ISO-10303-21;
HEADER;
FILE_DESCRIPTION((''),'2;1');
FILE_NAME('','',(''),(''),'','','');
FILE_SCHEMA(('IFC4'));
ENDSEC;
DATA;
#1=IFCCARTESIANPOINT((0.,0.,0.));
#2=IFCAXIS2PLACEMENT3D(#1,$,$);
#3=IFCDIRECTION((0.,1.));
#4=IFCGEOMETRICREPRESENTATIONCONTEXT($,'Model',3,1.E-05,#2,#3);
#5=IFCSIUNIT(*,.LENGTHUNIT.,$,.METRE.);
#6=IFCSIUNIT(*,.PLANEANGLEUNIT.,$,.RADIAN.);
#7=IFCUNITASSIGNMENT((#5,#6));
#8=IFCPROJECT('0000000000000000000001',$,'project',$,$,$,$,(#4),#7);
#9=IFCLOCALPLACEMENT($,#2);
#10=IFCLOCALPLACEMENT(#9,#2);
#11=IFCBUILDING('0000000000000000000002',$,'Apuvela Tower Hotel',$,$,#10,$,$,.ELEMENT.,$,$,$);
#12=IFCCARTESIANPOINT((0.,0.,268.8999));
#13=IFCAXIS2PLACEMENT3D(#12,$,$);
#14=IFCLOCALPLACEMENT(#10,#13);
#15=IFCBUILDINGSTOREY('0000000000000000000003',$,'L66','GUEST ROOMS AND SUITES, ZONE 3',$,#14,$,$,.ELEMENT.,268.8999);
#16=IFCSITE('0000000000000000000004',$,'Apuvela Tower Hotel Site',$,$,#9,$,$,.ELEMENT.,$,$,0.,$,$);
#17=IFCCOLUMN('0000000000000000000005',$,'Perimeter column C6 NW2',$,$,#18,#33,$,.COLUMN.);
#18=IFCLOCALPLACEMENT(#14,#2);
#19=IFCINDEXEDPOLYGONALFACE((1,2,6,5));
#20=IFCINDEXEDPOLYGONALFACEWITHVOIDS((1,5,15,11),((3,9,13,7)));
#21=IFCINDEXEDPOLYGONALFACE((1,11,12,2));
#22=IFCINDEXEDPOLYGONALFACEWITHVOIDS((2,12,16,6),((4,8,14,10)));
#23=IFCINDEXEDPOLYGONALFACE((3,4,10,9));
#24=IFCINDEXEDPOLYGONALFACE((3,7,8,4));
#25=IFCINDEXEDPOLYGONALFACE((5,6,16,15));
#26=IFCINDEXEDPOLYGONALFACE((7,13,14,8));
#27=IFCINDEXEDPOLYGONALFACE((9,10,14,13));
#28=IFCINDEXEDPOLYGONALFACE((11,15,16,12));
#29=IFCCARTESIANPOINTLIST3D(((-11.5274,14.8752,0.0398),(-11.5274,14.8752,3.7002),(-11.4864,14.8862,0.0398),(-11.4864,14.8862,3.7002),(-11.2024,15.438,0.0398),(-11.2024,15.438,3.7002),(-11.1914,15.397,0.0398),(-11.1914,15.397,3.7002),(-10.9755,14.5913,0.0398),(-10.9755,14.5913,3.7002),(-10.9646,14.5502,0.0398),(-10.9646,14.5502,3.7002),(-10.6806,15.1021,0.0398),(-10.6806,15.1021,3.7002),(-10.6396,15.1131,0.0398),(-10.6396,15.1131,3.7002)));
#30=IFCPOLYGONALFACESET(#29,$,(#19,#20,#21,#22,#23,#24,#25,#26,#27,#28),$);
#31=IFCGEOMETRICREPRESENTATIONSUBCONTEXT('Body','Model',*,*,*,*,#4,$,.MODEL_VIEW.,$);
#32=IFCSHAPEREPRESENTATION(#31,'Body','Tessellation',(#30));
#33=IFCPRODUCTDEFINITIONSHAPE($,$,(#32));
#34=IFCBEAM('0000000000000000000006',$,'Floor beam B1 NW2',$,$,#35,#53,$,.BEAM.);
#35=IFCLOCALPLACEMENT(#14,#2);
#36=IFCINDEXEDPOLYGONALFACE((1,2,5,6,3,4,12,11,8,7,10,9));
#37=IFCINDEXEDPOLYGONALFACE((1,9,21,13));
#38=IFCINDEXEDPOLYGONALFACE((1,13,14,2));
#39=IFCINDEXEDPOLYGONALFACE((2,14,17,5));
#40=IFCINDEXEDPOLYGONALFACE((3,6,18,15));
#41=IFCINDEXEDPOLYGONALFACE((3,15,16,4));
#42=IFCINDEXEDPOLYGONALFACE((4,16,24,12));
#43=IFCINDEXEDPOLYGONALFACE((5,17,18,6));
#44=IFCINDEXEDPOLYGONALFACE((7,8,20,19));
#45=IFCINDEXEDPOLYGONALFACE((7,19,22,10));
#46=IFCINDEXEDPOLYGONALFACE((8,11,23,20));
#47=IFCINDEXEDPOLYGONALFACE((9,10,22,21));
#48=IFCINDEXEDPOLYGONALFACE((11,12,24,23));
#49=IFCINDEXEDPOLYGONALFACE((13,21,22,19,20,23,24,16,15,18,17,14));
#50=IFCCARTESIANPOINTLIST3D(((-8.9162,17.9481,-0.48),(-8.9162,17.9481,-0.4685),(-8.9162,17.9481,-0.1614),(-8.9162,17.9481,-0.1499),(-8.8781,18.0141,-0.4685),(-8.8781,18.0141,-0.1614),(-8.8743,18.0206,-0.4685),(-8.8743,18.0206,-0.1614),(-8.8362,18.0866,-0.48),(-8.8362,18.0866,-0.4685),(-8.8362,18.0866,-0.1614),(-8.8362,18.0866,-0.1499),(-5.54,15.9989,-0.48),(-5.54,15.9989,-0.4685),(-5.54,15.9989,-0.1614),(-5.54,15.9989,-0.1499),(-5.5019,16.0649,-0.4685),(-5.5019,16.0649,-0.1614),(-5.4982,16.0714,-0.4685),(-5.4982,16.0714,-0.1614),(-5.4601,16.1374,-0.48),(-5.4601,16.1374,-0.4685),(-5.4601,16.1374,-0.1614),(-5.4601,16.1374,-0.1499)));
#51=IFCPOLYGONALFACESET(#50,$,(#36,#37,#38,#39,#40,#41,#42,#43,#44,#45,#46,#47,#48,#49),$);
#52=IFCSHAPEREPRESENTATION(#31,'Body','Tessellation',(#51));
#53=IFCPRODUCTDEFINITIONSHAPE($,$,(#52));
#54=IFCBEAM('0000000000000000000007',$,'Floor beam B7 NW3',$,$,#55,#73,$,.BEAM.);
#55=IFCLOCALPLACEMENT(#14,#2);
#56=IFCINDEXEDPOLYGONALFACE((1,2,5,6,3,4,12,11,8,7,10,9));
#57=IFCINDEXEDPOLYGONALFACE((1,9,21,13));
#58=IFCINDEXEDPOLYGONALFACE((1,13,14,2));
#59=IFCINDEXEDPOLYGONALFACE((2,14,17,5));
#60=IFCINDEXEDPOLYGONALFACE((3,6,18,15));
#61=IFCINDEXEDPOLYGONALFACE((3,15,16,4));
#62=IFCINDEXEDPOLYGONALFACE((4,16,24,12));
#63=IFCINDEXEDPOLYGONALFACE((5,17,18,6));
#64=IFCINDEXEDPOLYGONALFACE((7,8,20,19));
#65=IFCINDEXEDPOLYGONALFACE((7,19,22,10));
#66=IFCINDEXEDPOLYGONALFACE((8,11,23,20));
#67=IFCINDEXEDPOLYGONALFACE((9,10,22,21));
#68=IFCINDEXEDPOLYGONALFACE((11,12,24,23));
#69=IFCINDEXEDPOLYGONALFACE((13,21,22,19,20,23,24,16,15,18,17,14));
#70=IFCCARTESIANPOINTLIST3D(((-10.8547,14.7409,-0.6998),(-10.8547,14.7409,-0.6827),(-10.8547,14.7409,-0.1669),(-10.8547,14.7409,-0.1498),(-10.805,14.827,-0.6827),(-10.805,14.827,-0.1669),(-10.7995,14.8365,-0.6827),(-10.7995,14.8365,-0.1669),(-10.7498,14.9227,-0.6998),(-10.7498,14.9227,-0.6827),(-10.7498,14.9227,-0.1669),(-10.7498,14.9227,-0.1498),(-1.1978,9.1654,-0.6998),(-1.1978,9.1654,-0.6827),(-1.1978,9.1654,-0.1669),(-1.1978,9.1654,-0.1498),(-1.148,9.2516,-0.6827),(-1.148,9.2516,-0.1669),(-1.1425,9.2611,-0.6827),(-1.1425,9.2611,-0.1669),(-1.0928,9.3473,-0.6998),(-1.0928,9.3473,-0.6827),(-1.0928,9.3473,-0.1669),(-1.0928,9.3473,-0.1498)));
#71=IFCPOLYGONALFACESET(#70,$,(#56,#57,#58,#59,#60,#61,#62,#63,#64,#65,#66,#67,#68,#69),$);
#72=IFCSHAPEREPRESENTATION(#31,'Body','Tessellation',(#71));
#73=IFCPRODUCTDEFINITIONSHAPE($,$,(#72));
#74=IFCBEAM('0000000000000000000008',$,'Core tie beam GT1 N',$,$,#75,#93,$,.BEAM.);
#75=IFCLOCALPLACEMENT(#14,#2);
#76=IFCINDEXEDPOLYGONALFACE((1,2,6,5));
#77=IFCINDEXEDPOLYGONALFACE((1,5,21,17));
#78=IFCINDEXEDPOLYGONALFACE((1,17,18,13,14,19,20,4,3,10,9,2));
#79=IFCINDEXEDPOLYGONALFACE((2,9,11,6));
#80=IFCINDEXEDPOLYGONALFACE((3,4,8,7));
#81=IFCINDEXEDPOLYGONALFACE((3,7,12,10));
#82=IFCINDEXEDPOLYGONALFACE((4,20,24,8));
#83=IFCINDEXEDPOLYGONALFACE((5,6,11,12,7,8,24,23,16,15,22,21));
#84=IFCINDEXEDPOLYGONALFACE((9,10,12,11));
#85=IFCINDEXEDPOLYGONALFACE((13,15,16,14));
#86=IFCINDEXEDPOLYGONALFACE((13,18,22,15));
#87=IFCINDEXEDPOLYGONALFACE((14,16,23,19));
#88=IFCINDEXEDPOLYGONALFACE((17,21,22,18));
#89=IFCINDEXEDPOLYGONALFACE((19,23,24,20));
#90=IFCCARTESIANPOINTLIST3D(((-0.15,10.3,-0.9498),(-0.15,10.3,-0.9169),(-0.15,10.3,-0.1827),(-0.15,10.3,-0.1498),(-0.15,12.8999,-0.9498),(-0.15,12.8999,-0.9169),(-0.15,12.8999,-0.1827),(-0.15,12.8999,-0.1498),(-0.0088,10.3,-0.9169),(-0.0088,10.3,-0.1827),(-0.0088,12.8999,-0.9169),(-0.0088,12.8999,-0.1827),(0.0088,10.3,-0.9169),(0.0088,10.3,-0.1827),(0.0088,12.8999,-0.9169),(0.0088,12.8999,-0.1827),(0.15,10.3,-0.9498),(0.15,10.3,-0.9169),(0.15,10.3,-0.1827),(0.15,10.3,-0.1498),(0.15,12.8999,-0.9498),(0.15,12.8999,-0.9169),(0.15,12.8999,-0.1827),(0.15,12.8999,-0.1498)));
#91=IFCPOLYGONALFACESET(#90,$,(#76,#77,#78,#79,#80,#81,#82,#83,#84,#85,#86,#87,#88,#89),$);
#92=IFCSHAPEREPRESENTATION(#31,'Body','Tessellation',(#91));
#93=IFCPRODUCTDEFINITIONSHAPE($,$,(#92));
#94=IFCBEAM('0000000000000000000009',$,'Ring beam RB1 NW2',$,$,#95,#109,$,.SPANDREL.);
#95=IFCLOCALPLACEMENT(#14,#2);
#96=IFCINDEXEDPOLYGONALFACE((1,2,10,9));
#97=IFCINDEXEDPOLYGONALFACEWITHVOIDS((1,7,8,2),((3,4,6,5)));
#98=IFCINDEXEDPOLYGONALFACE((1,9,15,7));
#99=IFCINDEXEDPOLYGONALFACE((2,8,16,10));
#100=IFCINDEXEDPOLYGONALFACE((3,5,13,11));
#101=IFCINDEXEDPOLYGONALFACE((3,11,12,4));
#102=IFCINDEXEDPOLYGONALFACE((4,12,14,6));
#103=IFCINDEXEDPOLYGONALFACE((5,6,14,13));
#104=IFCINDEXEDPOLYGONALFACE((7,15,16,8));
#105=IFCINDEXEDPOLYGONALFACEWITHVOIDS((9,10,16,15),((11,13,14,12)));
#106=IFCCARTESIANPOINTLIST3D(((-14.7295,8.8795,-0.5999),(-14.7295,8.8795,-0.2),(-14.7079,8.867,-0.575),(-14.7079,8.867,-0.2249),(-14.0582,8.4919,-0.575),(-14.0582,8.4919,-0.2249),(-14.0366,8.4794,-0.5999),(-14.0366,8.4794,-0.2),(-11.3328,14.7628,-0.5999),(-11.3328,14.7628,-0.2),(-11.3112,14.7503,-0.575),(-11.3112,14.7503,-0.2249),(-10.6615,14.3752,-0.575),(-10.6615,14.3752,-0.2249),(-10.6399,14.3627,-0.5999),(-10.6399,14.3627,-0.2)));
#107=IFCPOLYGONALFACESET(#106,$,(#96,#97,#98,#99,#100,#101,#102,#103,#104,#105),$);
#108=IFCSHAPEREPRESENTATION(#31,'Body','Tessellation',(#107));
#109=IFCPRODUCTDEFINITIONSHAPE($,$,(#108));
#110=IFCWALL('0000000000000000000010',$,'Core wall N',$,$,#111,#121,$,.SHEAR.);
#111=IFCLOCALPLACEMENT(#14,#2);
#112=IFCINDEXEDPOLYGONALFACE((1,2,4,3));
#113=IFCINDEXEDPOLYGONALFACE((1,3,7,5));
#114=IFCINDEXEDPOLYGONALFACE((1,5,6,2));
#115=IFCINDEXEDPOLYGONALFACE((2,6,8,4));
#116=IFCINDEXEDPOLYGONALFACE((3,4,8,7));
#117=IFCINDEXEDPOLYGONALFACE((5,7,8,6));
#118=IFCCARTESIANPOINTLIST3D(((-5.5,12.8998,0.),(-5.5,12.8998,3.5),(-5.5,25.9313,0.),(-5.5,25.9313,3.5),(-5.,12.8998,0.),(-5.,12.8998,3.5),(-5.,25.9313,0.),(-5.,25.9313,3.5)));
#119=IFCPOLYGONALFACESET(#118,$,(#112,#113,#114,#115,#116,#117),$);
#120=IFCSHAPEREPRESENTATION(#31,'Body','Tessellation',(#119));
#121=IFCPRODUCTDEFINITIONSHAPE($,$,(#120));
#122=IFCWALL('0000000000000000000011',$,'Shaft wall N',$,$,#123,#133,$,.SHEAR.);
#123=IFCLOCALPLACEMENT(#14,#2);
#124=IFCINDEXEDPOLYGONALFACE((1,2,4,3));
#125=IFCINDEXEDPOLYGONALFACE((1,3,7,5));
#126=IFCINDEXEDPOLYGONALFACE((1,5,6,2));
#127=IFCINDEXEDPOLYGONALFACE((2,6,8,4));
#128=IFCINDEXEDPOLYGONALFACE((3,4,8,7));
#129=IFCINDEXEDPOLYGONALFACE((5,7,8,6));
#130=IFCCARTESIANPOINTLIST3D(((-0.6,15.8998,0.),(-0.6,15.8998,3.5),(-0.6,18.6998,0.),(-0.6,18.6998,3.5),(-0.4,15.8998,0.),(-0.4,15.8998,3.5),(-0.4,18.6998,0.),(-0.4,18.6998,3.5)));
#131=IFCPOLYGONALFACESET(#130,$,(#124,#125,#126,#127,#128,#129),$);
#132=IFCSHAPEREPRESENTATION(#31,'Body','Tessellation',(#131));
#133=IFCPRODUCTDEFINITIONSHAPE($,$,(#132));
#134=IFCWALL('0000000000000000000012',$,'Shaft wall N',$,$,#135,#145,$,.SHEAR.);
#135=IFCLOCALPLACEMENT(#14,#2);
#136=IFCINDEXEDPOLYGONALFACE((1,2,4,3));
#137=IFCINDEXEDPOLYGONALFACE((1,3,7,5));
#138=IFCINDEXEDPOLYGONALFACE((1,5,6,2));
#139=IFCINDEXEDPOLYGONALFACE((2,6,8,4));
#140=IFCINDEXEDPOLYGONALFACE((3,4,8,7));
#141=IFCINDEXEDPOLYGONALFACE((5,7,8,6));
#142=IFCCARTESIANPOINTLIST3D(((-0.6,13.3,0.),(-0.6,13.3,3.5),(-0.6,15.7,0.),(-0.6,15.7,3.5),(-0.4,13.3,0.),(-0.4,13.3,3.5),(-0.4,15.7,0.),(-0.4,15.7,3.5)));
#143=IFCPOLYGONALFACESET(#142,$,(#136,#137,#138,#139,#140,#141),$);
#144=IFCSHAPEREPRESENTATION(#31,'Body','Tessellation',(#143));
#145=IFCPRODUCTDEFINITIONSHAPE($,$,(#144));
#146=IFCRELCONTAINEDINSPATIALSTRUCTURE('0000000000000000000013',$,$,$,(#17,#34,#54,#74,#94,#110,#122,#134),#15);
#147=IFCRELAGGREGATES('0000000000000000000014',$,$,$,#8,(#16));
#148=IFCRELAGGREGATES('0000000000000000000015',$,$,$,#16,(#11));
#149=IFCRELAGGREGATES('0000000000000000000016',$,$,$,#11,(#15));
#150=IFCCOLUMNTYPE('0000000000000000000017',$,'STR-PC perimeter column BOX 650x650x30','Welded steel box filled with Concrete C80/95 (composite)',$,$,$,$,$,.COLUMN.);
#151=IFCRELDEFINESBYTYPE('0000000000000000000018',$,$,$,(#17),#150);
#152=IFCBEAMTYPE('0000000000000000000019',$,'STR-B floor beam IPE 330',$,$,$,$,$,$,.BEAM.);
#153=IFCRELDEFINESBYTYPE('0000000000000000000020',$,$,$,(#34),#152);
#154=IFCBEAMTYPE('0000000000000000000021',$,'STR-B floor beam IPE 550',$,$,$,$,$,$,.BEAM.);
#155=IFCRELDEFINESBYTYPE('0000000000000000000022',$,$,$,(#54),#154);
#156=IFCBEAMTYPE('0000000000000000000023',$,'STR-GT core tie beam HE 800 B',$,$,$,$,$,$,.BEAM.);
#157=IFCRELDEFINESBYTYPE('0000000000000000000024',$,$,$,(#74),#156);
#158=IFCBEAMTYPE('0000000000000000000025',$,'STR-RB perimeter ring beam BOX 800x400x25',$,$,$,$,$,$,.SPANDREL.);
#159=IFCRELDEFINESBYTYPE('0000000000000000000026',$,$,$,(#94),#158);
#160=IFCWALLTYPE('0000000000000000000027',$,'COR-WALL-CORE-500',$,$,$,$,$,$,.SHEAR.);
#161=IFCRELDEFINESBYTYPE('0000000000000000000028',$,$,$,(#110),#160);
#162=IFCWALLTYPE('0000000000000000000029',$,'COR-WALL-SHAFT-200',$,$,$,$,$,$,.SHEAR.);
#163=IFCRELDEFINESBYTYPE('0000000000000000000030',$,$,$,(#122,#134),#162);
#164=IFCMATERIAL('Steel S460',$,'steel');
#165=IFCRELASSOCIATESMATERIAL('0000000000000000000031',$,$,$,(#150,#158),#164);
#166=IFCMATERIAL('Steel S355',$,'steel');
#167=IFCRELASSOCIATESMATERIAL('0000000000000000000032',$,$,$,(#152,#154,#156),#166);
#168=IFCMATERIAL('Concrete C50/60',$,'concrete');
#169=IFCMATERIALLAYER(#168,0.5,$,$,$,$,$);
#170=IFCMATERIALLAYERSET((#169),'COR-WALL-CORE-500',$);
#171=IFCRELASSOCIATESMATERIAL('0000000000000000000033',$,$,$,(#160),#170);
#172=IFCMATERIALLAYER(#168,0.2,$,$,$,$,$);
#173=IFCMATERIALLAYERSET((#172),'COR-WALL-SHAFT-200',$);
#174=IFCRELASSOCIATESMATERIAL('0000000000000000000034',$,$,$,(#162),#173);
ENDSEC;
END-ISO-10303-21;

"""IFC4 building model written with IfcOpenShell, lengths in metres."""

from ifc_helpers import new_model, si_unit, direction, frame, frame_2d, origin, origin_2d, place, context, subcontext, project, spatial, rectangle, hollow_rectangle, i_section, extrude, boolean, halfspace, material, layer, layer_set, material_profile, profile_set, type_object, element, save


model = new_model("IFC4")

# Units and contexts
model_context = context("Model", 3, precision=1e-05, world=origin(), true_north=direction((0.0, 1.0)))
body_context = subcontext(model_context, "Body", "Model", "MODEL_VIEW")
ifc_project = project(units=[si_unit("LENGTHUNIT", "METRE"), si_unit("PLANEANGLEUNIT", "RADIAN")], contexts=[model_context])

# Site, building, storey
site_placement = place(None, origin())
site = spatial("IfcSite", under=ifc_project, at=site_placement, Name="Apuvela Tower Hotel Site", CompositionType="ELEMENT", RefElevation=0.0)
building_placement = place(site_placement, origin())
building = spatial("IfcBuilding", under=site, at=building_placement, Name="Apuvela Tower Hotel", CompositionType="ELEMENT")
storey_placement = place(building_placement, frame((0.0, 0.0, 268.8999)))
storey = spatial("IfcBuildingStorey", under=building, at=storey_placement, Name="L66", Description="GUEST ROOMS AND SUITES, ZONE 3", CompositionType="ELEMENT", Elevation=268.8999)

# Column
ifc_material_1 = material(Name="Steel S460", Category="steel")
ifc_material_profile_1 = material_profile(ifc_material_1, hollow_rectangle(XDim=0.6499, YDim=0.6499, WallThickness=0.03, at=origin_2d()), Name="BOX 650x650x30")
ifc_material_2 = material(Name="Concrete C80/95", Category="concrete")
ifc_material_profile_2 = material_profile(ifc_material_2, rectangle(XDim=0.5901, YDim=0.5901, at=origin_2d()), Name="Concrete C80/95 infill")
ifc_profile_set_1 = profile_set([ifc_material_profile_1, ifc_material_profile_2], Name="Steel S460")
column_type = type_object("IfcColumnType", Name="STR-PC perimeter column BOX 650x650x30", Description="Welded steel box filled with Concrete C80/95 (composite)", PredefinedType="COLUMN", material=ifc_profile_set_1)
column_placement = place(storey_placement, frame((-11.0835, 14.9941, 0.0), z_axis=(0.0, 0.0, 1.0), x_axis=(0.5, 0.866025, 0.0)))
element("IfcColumn", 1, at=column_placement, inside=storey, type_object=column_type, Name="Perimeter column C6 NW2", PredefinedType="COLUMN", context=body_context, shape_type="SweptSolid", body=[
    boolean("DIFFERENCE", extrude(hollow_rectangle(XDim=0.6499, YDim=0.6499, WallThickness=0.03, at=origin_2d()), origin(), (0.0, 0.0, 1.0), 3.7002), halfspace(frame((0.0, 0.0, 0.0398), z_axis=(0.0, 0.0, 1.0), x_axis=(1.0, 0.0, 0.0)), True)),
])

# Beams
ifc_material_3 = material(Name="Steel S355", Category="steel")
ifc_material_profile_3 = material_profile(ifc_material_3, i_section(OverallWidth=0.1599, OverallDepth=0.3301, WebThickness=0.0076, FlangeThickness=0.0115, at=origin_2d()), Name="IPE 330")
ifc_profile_set_2 = profile_set([ifc_material_profile_3], Name="Steel S355")
beam_type_1 = type_object("IfcBeamType", Name="STR-B floor beam IPE 330", PredefinedType="BEAM", material=ifc_profile_set_2)
beam_1_placement = place(storey_placement, frame((-8.8762, 18.0173, -0.3149), z_axis=(0.86603, -0.499992, 0.0), x_axis=(0.499992, 0.86603, 0.0)))
element("IfcBeam", 2, at=beam_1_placement, inside=storey, type_object=beam_type_1, Name="Floor beam B1 NW2", PredefinedType="BEAM", context=body_context, shape_type="SweptSolid", body=[
    extrude(i_section(OverallWidth=0.1599, OverallDepth=0.3301, WebThickness=0.0076, FlangeThickness=0.0115, at=origin_2d()), origin(), (0.0, 0.0, 1.0), 3.8984),
])
ifc_material_profile_4 = material_profile(ifc_material_3, i_section(OverallWidth=0.21, OverallDepth=0.55, WebThickness=0.011, FlangeThickness=0.0171, at=origin_2d()), Name="IPE 550")
ifc_profile_set_3 = profile_set([ifc_material_profile_4], Name="Steel S355")
beam_type_2 = type_object("IfcBeamType", Name="STR-B floor beam IPE 550", PredefinedType="BEAM", material=ifc_profile_set_3)
beam_2_placement = place(storey_placement, frame((-10.8022, 14.8318, -0.4248), z_axis=(0.866026, -0.499999, 0.0), x_axis=(0.499999, 0.866026, 0.0)))
element("IfcBeam", 3, at=beam_2_placement, inside=storey, type_object=beam_type_2, Name="Floor beam B7 NW3", PredefinedType="BEAM", context=body_context, shape_type="SweptSolid", body=[
    extrude(i_section(OverallWidth=0.21, OverallDepth=0.55, WebThickness=0.011, FlangeThickness=0.0171, at=origin_2d()), origin(), (0.0, 0.0, 1.0), 11.1509),
])
ifc_material_profile_5 = material_profile(ifc_material_3, i_section(OverallWidth=0.3, OverallDepth=0.8, WebThickness=0.0176, FlangeThickness=0.033, at=origin_2d()), Name="HE 800 B")
ifc_profile_set_4 = profile_set([ifc_material_profile_5], Name="Steel S355")
beam_type_3 = type_object("IfcBeamType", Name="STR-GT core tie beam HE 800 B", PredefinedType="BEAM", material=ifc_profile_set_4)
beam_3_placement = place(storey_placement, frame((0.0, 12.8999, -0.5498), z_axis=(0.0, -1.0, 0.0), x_axis=(1.0, 0.0, 0.0)))
element("IfcBeam", 4, at=beam_3_placement, inside=storey, type_object=beam_type_3, Name="Core tie beam GT1 N", PredefinedType="BEAM", context=body_context, shape_type="SweptSolid", body=[
    extrude(i_section(OverallWidth=0.3, OverallDepth=0.8, WebThickness=0.0176, FlangeThickness=0.033, at=origin_2d()), origin(), (0.0, 0.0, 1.0), 2.5999),
])
ifc_material_profile_6 = material_profile(ifc_material_1, hollow_rectangle(XDim=0.8, YDim=0.3999, WallThickness=0.0249, at=origin_2d()), Name="BOX 800x400x25")
ifc_profile_set_5 = profile_set([ifc_material_profile_6], Name="Steel S460")
beam_type_4 = type_object("IfcBeamType", Name="STR-RB perimeter ring beam BOX 800x400x25", PredefinedType="SPANDREL", material=ifc_profile_set_5)
beam_4_placement = place(storey_placement, frame((-10.9863, 14.5627, -0.3999), z_axis=(-0.5, -0.866025, 0.0), x_axis=(0.866025, -0.5, 0.0)))
element("IfcBeam", 5, at=beam_4_placement, inside=storey, type_object=beam_type_4, Name="Ring beam RB1 NW2", PredefinedType="SPANDREL", context=body_context, shape_type="SweptSolid", body=[
    extrude(hollow_rectangle(XDim=0.8, YDim=0.3999, WallThickness=0.0249, at=origin_2d()), origin(), (0.0, 0.0, 1.0), 6.7935),
])

# Walls
ifc_material_4 = material(Name="Concrete C50/60", Category="concrete")
ifc_layer_1 = layer(ifc_material_4, 0.5)
ifc_layer_set_1 = layer_set([ifc_layer_1], Name="COR-WALL-CORE-500")
wall_type_1 = type_object("IfcWallType", Name="COR-WALL-CORE-500", PredefinedType="SHEAR", material=ifc_layer_set_1)
wall_1_placement = place(storey_placement, frame((-5.25, 12.8999, 0.0), z_axis=(0.0, 0.0, 1.0), x_axis=(0.0, 1.0, 0.0)))
element("IfcWall", 6, at=wall_1_placement, inside=storey, type_object=wall_type_1, Name="Core wall N", PredefinedType="SHEAR", context=body_context, shape_type="SweptSolid", body=[
    extrude(rectangle(XDim=13.0315, YDim=0.5, at=frame_2d((6.5156, 0.0))), origin(), (0.0, 0.0, 1.0), 3.5),
])
ifc_layer_2 = layer(ifc_material_4, 0.2)
ifc_layer_set_2 = layer_set([ifc_layer_2], Name="COR-WALL-SHAFT-200")
wall_type_2 = type_object("IfcWallType", Name="COR-WALL-SHAFT-200", PredefinedType="SHEAR", material=ifc_layer_set_2)
wall_2_placement = place(storey_placement, frame((-0.5, 15.8999, 0.0), z_axis=(0.0, 0.0, 1.0), x_axis=(0.0, 1.0, 0.0)))
element("IfcWall", 7, at=wall_2_placement, inside=storey, type_object=wall_type_2, Name="Shaft wall N", PredefinedType="SHEAR", context=body_context, shape_type="SweptSolid", body=[
    extrude(rectangle(XDim=2.8, YDim=0.2, at=frame_2d((1.3999, 0.0))), origin(), (0.0, 0.0, 1.0), 3.5),
])
wall_3_placement = place(storey_placement, frame((-0.5, 13.3, 0.0), z_axis=(0.0, 0.0, 1.0), x_axis=(0.0, 1.0, 0.0)))
element("IfcWall", 8, at=wall_3_placement, inside=storey, type_object=wall_type_2, Name="Shaft wall N", PredefinedType="SHEAR", context=body_context, shape_type="SweptSolid", body=[
    extrude(rectangle(XDim=2.3999, YDim=0.2, at=frame_2d((1.2, 0.0))), origin(), (0.0, 0.0, 1.0), 3.5),
])

save(model, "model.ifc")
